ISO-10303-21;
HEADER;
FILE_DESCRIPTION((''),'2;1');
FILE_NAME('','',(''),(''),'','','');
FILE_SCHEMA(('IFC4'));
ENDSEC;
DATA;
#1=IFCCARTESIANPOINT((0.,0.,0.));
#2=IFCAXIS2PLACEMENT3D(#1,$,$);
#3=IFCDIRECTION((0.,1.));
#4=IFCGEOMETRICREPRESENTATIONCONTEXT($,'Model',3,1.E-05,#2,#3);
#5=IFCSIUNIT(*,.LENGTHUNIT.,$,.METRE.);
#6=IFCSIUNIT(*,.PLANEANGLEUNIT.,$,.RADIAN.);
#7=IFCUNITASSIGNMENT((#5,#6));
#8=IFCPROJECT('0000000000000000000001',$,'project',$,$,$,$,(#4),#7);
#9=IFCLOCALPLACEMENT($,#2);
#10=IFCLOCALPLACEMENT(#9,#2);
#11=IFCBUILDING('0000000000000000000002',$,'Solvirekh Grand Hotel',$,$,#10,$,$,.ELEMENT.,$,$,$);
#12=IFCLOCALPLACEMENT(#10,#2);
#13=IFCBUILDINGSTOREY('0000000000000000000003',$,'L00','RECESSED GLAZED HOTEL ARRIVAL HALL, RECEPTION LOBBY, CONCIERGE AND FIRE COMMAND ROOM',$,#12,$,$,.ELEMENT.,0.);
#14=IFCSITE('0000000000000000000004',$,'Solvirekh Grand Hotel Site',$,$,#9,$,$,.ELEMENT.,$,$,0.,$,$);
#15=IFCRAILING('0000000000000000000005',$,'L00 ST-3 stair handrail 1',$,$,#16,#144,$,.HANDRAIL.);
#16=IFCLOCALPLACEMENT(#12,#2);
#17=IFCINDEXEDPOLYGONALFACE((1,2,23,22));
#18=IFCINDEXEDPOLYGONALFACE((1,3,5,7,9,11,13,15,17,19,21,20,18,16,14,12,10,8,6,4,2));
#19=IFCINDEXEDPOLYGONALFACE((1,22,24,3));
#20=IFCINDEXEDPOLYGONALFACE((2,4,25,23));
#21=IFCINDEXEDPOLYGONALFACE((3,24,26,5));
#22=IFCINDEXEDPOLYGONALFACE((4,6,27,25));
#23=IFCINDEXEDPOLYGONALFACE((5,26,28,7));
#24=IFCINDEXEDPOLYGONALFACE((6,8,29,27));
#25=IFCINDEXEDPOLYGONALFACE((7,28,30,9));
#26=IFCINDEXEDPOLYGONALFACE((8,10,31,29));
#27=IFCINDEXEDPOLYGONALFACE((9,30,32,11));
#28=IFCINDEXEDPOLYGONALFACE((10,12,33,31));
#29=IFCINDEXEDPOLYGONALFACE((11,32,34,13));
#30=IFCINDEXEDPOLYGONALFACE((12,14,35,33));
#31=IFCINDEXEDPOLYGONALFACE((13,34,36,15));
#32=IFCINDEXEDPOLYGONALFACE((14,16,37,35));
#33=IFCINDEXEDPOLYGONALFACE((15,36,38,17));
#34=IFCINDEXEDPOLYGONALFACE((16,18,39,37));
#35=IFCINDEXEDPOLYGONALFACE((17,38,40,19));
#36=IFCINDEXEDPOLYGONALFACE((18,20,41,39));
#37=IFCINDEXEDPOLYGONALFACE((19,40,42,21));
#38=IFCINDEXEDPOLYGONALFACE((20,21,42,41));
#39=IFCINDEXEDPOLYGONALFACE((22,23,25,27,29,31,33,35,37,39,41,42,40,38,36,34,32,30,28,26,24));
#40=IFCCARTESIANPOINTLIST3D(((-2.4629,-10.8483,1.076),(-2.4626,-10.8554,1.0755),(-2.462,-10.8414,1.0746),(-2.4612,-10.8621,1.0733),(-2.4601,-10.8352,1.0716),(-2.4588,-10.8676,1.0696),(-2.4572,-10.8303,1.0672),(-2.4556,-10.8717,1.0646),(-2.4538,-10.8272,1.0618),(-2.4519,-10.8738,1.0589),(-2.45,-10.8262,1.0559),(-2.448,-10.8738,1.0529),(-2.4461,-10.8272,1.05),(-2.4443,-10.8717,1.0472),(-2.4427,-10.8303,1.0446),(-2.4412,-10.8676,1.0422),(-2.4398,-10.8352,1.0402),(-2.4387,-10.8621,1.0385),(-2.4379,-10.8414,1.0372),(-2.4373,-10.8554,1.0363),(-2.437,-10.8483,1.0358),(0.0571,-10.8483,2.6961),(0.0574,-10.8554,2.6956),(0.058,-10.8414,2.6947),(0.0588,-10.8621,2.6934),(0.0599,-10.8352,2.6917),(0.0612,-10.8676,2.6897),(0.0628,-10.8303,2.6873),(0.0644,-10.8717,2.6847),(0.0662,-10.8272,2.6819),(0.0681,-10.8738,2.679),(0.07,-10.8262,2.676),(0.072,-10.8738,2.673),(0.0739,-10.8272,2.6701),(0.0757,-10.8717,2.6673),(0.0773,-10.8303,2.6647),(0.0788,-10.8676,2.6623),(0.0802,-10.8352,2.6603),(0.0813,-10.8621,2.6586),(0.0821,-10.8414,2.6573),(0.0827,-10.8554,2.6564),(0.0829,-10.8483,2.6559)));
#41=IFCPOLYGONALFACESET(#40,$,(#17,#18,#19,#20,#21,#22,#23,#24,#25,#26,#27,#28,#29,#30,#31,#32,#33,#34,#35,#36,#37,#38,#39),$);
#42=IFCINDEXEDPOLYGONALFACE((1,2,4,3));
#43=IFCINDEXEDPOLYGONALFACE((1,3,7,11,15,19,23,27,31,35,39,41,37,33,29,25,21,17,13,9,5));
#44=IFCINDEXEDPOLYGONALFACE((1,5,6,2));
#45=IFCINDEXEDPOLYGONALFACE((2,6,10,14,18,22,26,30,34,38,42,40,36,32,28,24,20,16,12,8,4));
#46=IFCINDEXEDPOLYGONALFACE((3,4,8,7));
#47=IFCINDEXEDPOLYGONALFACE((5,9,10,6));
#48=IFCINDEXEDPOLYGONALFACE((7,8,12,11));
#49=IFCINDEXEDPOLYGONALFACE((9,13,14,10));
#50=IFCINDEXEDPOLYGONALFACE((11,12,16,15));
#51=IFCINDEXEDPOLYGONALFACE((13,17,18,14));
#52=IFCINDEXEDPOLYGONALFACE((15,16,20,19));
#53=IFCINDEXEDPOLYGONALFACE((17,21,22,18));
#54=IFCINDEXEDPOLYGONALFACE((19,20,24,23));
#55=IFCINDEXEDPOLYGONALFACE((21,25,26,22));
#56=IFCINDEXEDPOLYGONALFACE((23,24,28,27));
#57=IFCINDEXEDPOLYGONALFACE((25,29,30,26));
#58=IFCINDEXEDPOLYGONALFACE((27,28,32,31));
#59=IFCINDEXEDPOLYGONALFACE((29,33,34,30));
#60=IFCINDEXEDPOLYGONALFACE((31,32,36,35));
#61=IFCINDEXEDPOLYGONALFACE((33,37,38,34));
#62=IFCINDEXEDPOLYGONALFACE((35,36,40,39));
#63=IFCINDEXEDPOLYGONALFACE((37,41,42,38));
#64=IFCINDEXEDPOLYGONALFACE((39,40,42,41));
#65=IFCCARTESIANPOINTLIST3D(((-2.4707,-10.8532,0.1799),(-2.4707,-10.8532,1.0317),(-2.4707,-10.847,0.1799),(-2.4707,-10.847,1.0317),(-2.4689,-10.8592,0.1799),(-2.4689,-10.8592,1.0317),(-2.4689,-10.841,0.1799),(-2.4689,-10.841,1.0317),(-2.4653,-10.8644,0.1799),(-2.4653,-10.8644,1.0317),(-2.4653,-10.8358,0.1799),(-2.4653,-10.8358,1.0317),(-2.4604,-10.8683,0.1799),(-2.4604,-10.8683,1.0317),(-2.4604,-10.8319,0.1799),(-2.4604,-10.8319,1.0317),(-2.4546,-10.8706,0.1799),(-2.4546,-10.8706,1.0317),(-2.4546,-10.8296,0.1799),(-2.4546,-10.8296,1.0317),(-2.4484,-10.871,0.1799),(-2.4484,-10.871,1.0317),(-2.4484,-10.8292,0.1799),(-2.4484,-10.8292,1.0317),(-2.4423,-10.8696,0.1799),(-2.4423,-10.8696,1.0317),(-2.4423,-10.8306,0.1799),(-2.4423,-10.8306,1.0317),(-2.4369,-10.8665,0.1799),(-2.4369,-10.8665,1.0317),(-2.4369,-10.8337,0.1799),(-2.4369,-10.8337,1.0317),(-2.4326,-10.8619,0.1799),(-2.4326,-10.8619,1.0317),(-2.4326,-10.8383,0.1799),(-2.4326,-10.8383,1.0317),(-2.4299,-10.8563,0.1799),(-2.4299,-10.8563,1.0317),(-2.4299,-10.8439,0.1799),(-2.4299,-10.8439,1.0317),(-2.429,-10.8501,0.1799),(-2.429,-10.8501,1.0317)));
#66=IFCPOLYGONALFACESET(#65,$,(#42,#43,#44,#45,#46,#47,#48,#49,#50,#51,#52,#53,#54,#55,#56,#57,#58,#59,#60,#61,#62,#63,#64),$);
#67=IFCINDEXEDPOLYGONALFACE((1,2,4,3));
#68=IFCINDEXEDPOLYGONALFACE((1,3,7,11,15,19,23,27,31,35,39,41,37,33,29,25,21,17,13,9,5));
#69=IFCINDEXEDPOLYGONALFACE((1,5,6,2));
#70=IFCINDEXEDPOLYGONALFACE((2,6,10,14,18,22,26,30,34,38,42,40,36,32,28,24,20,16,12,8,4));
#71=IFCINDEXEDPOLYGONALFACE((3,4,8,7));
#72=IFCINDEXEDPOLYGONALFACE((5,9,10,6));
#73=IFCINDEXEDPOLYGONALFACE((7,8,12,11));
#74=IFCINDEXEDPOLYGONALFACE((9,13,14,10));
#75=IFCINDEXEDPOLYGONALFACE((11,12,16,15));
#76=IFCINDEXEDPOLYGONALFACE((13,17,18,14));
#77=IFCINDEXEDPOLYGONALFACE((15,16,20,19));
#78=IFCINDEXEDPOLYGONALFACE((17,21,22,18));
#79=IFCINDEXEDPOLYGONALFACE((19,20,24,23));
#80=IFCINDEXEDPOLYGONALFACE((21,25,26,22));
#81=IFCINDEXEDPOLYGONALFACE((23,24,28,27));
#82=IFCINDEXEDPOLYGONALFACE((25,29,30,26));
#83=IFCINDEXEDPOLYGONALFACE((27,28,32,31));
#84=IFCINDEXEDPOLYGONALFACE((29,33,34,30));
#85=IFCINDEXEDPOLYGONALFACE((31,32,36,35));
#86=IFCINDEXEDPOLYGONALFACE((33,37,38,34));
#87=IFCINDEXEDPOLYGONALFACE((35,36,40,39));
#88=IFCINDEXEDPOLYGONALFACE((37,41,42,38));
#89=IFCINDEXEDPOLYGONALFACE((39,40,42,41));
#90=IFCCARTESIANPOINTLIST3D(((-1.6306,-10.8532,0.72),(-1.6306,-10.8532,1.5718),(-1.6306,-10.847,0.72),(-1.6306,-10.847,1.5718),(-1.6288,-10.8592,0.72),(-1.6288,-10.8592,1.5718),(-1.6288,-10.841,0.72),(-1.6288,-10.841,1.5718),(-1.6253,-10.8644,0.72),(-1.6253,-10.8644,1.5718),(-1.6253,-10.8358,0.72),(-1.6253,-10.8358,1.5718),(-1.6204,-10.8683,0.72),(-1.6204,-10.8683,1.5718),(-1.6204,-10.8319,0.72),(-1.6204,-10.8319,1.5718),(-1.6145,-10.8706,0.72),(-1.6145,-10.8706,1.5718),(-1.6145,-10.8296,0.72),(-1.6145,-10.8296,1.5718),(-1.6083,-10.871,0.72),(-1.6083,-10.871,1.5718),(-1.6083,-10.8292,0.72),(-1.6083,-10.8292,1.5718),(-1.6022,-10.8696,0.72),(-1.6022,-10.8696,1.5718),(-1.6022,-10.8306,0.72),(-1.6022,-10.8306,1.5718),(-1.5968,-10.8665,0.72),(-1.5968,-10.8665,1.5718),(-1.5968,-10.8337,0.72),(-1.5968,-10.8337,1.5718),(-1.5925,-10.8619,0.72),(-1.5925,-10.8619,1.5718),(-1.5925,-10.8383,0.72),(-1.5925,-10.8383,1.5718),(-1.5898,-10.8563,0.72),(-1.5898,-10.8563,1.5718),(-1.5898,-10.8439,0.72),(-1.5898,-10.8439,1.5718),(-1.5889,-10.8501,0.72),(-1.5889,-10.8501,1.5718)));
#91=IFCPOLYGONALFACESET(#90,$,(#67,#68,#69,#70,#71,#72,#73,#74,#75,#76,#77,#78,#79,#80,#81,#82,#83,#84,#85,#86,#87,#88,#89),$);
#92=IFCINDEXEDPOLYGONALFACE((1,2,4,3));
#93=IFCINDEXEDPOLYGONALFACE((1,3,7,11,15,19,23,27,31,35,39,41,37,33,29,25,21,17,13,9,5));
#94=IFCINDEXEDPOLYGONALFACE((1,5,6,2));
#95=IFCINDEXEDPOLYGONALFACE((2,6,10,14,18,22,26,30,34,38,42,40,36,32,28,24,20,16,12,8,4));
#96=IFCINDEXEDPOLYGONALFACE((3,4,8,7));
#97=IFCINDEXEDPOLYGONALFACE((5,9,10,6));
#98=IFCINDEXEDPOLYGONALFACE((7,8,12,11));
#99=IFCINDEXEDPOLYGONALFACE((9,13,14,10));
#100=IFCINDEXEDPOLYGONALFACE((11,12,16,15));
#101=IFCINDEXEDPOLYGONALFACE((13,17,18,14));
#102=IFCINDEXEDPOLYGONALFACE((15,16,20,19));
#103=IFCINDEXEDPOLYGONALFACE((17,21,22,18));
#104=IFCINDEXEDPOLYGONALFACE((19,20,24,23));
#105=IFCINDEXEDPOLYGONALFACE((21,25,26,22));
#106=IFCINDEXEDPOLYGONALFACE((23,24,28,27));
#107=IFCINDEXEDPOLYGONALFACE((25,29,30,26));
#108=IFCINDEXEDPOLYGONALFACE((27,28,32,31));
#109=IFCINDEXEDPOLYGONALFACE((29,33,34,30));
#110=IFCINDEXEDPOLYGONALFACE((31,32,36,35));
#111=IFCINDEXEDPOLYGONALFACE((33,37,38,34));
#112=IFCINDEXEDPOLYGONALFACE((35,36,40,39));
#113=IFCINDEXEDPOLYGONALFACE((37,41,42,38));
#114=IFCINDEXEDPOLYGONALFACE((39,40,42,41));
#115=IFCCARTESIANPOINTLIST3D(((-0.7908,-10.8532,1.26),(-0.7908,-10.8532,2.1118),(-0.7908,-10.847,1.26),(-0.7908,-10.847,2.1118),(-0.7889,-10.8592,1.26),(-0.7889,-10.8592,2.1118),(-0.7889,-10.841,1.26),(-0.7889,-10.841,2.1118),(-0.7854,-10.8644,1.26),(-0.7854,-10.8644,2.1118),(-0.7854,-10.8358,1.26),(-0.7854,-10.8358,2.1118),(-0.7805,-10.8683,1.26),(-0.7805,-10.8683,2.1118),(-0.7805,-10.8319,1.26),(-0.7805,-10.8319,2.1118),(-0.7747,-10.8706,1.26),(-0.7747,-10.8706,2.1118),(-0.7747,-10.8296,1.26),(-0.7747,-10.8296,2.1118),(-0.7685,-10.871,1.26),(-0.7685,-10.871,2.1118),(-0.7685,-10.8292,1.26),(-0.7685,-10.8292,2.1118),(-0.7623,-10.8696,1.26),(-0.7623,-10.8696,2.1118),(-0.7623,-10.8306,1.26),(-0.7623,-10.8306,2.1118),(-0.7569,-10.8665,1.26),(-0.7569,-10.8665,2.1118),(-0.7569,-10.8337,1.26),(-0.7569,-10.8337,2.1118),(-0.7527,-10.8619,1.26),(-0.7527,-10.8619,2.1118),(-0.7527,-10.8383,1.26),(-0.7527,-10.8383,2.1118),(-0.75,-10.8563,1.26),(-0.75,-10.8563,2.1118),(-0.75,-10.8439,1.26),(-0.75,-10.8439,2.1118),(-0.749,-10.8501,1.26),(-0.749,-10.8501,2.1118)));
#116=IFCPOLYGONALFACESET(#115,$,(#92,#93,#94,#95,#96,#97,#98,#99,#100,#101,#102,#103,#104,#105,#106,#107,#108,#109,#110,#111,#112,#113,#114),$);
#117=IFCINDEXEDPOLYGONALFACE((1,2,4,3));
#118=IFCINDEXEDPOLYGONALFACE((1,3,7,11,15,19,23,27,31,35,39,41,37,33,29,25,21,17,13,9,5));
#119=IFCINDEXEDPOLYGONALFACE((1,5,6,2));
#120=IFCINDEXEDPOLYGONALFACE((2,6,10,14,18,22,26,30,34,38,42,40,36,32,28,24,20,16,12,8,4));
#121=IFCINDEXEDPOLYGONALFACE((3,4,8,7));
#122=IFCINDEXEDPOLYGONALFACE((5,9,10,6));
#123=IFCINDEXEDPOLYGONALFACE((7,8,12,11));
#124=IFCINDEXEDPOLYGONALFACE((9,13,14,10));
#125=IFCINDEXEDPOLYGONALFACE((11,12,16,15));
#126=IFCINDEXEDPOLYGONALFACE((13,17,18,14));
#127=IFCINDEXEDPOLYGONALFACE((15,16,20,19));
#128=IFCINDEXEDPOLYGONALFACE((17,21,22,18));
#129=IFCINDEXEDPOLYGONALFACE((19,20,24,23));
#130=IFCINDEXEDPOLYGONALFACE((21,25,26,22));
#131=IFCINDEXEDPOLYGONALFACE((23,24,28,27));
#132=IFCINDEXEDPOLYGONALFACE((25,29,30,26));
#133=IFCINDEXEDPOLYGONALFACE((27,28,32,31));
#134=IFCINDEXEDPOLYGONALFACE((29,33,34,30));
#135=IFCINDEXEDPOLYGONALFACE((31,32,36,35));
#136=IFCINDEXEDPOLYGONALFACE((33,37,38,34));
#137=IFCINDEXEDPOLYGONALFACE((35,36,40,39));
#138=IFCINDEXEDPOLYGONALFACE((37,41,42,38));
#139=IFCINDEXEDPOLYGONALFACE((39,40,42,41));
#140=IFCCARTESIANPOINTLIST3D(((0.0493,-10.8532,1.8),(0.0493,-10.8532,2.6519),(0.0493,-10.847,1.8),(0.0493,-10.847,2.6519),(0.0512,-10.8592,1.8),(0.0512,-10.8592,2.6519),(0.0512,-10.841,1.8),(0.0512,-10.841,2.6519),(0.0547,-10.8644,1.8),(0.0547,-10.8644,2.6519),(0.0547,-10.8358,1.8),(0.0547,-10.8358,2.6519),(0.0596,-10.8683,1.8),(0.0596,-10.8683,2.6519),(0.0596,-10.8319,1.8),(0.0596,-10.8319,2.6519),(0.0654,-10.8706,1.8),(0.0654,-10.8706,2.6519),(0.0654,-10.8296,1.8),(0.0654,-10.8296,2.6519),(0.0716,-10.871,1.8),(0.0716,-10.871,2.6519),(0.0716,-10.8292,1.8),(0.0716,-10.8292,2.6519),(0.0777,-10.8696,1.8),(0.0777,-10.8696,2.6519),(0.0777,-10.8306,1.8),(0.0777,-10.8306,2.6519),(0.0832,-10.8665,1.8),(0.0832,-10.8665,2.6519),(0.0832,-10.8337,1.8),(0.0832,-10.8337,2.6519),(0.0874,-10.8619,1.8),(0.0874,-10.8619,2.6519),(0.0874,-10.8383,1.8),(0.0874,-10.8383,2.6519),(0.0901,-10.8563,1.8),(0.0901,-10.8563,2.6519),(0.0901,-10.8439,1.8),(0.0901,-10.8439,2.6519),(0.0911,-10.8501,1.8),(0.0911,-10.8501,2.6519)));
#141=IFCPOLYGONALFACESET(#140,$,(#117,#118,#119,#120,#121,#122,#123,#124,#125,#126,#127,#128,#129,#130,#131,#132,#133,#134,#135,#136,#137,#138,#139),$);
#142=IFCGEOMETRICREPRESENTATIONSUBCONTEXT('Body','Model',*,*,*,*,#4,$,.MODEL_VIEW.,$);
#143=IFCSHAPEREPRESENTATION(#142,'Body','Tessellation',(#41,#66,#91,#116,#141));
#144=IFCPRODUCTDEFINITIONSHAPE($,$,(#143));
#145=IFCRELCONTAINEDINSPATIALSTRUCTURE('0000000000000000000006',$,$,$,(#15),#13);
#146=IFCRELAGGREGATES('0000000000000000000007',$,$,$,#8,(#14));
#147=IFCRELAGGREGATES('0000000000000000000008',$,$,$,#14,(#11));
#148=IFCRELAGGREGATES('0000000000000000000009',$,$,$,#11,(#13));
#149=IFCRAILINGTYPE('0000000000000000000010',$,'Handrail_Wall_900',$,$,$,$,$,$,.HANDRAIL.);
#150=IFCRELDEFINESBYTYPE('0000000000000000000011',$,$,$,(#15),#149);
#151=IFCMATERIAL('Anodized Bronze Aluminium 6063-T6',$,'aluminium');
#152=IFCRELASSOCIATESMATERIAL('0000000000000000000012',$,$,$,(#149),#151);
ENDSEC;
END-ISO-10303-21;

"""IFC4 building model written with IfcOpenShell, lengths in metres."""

from ifc_helpers import new_model, si_unit, direction, frame, origin, origin_2d, place, context, subcontext, project, spatial, circle, extrude, material, type_object, element, save


model = new_model("IFC4")

# Units and contexts
model_context = context("Model", 3, precision=1e-05, world=origin(), true_north=direction((0.0, 1.0)))
body_context = subcontext(model_context, "Body", "Model", "MODEL_VIEW")
ifc_project = project(units=[si_unit("LENGTHUNIT", "METRE"), si_unit("PLANEANGLEUNIT", "RADIAN")], contexts=[model_context])

# Site, building, storey
site_placement = place(None, origin())
site = spatial("IfcSite", under=ifc_project, at=site_placement, Name="Solvirekh Grand Hotel Site", CompositionType="ELEMENT", RefElevation=0.0)
building_placement = place(site_placement, origin())
building = spatial("IfcBuilding", under=site, at=building_placement, Name="Solvirekh Grand Hotel", CompositionType="ELEMENT")
storey_placement = place(building_placement, origin())
storey = spatial("IfcBuildingStorey", under=building, at=storey_placement, Name="L00", Description="RECESSED GLAZED HOTEL ARRIVAL HALL, RECEPTION LOBBY, CONCIERGE AND FIRE COMMAND ROOM", CompositionType="ELEMENT", Elevation=0.0)

# Shared definitions
ifc_material_1 = material(Name="Anodized Bronze Aluminium 6063-T6", Category="aluminium")

# Railing
railing_type = type_object("IfcRailingType", Name="Handrail_Wall_900", PredefinedType="HANDRAIL", material=ifc_material_1)
railing_1_placement = place(storey_placement, frame((-2.45, -10.8501, 0.1799)))
element("IfcRailing", 1, at=railing_1_placement, inside=storey, type_object=railing_type, Name="L00 ST-3 stair handrail 1", PredefinedType="HANDRAIL", context=body_context, shape_type="SweptSolid", body=[
    extrude(circle(Radius=0.0239, at=origin_2d()), frame((0.0, 0.0, 0.876), z_axis=(0.841163, 0.0, 0.540782), x_axis=(0.0, 1.0, 0.0)), (0.0, 0.0, 1.0), 2.9958),
    extrude(circle(Radius=0.021, at=origin_2d()), origin(), (0.0, 0.0, 1.0), 0.8518),
    extrude(circle(Radius=0.021, at=origin_2d()), frame((0.8401, 0.0, 0.54)), (0.0, 0.0, 1.0), 0.8518),
    extrude(circle(Radius=0.021, at=origin_2d()), frame((1.6799, 0.0, 1.0801)), (0.0, 0.0, 1.0), 0.8518),
    extrude(circle(Radius=0.021, at=origin_2d()), frame((2.52, 0.0, 1.6201)), (0.0, 0.0, 1.0), 0.8518),
])

save(model, "model.ifc")
